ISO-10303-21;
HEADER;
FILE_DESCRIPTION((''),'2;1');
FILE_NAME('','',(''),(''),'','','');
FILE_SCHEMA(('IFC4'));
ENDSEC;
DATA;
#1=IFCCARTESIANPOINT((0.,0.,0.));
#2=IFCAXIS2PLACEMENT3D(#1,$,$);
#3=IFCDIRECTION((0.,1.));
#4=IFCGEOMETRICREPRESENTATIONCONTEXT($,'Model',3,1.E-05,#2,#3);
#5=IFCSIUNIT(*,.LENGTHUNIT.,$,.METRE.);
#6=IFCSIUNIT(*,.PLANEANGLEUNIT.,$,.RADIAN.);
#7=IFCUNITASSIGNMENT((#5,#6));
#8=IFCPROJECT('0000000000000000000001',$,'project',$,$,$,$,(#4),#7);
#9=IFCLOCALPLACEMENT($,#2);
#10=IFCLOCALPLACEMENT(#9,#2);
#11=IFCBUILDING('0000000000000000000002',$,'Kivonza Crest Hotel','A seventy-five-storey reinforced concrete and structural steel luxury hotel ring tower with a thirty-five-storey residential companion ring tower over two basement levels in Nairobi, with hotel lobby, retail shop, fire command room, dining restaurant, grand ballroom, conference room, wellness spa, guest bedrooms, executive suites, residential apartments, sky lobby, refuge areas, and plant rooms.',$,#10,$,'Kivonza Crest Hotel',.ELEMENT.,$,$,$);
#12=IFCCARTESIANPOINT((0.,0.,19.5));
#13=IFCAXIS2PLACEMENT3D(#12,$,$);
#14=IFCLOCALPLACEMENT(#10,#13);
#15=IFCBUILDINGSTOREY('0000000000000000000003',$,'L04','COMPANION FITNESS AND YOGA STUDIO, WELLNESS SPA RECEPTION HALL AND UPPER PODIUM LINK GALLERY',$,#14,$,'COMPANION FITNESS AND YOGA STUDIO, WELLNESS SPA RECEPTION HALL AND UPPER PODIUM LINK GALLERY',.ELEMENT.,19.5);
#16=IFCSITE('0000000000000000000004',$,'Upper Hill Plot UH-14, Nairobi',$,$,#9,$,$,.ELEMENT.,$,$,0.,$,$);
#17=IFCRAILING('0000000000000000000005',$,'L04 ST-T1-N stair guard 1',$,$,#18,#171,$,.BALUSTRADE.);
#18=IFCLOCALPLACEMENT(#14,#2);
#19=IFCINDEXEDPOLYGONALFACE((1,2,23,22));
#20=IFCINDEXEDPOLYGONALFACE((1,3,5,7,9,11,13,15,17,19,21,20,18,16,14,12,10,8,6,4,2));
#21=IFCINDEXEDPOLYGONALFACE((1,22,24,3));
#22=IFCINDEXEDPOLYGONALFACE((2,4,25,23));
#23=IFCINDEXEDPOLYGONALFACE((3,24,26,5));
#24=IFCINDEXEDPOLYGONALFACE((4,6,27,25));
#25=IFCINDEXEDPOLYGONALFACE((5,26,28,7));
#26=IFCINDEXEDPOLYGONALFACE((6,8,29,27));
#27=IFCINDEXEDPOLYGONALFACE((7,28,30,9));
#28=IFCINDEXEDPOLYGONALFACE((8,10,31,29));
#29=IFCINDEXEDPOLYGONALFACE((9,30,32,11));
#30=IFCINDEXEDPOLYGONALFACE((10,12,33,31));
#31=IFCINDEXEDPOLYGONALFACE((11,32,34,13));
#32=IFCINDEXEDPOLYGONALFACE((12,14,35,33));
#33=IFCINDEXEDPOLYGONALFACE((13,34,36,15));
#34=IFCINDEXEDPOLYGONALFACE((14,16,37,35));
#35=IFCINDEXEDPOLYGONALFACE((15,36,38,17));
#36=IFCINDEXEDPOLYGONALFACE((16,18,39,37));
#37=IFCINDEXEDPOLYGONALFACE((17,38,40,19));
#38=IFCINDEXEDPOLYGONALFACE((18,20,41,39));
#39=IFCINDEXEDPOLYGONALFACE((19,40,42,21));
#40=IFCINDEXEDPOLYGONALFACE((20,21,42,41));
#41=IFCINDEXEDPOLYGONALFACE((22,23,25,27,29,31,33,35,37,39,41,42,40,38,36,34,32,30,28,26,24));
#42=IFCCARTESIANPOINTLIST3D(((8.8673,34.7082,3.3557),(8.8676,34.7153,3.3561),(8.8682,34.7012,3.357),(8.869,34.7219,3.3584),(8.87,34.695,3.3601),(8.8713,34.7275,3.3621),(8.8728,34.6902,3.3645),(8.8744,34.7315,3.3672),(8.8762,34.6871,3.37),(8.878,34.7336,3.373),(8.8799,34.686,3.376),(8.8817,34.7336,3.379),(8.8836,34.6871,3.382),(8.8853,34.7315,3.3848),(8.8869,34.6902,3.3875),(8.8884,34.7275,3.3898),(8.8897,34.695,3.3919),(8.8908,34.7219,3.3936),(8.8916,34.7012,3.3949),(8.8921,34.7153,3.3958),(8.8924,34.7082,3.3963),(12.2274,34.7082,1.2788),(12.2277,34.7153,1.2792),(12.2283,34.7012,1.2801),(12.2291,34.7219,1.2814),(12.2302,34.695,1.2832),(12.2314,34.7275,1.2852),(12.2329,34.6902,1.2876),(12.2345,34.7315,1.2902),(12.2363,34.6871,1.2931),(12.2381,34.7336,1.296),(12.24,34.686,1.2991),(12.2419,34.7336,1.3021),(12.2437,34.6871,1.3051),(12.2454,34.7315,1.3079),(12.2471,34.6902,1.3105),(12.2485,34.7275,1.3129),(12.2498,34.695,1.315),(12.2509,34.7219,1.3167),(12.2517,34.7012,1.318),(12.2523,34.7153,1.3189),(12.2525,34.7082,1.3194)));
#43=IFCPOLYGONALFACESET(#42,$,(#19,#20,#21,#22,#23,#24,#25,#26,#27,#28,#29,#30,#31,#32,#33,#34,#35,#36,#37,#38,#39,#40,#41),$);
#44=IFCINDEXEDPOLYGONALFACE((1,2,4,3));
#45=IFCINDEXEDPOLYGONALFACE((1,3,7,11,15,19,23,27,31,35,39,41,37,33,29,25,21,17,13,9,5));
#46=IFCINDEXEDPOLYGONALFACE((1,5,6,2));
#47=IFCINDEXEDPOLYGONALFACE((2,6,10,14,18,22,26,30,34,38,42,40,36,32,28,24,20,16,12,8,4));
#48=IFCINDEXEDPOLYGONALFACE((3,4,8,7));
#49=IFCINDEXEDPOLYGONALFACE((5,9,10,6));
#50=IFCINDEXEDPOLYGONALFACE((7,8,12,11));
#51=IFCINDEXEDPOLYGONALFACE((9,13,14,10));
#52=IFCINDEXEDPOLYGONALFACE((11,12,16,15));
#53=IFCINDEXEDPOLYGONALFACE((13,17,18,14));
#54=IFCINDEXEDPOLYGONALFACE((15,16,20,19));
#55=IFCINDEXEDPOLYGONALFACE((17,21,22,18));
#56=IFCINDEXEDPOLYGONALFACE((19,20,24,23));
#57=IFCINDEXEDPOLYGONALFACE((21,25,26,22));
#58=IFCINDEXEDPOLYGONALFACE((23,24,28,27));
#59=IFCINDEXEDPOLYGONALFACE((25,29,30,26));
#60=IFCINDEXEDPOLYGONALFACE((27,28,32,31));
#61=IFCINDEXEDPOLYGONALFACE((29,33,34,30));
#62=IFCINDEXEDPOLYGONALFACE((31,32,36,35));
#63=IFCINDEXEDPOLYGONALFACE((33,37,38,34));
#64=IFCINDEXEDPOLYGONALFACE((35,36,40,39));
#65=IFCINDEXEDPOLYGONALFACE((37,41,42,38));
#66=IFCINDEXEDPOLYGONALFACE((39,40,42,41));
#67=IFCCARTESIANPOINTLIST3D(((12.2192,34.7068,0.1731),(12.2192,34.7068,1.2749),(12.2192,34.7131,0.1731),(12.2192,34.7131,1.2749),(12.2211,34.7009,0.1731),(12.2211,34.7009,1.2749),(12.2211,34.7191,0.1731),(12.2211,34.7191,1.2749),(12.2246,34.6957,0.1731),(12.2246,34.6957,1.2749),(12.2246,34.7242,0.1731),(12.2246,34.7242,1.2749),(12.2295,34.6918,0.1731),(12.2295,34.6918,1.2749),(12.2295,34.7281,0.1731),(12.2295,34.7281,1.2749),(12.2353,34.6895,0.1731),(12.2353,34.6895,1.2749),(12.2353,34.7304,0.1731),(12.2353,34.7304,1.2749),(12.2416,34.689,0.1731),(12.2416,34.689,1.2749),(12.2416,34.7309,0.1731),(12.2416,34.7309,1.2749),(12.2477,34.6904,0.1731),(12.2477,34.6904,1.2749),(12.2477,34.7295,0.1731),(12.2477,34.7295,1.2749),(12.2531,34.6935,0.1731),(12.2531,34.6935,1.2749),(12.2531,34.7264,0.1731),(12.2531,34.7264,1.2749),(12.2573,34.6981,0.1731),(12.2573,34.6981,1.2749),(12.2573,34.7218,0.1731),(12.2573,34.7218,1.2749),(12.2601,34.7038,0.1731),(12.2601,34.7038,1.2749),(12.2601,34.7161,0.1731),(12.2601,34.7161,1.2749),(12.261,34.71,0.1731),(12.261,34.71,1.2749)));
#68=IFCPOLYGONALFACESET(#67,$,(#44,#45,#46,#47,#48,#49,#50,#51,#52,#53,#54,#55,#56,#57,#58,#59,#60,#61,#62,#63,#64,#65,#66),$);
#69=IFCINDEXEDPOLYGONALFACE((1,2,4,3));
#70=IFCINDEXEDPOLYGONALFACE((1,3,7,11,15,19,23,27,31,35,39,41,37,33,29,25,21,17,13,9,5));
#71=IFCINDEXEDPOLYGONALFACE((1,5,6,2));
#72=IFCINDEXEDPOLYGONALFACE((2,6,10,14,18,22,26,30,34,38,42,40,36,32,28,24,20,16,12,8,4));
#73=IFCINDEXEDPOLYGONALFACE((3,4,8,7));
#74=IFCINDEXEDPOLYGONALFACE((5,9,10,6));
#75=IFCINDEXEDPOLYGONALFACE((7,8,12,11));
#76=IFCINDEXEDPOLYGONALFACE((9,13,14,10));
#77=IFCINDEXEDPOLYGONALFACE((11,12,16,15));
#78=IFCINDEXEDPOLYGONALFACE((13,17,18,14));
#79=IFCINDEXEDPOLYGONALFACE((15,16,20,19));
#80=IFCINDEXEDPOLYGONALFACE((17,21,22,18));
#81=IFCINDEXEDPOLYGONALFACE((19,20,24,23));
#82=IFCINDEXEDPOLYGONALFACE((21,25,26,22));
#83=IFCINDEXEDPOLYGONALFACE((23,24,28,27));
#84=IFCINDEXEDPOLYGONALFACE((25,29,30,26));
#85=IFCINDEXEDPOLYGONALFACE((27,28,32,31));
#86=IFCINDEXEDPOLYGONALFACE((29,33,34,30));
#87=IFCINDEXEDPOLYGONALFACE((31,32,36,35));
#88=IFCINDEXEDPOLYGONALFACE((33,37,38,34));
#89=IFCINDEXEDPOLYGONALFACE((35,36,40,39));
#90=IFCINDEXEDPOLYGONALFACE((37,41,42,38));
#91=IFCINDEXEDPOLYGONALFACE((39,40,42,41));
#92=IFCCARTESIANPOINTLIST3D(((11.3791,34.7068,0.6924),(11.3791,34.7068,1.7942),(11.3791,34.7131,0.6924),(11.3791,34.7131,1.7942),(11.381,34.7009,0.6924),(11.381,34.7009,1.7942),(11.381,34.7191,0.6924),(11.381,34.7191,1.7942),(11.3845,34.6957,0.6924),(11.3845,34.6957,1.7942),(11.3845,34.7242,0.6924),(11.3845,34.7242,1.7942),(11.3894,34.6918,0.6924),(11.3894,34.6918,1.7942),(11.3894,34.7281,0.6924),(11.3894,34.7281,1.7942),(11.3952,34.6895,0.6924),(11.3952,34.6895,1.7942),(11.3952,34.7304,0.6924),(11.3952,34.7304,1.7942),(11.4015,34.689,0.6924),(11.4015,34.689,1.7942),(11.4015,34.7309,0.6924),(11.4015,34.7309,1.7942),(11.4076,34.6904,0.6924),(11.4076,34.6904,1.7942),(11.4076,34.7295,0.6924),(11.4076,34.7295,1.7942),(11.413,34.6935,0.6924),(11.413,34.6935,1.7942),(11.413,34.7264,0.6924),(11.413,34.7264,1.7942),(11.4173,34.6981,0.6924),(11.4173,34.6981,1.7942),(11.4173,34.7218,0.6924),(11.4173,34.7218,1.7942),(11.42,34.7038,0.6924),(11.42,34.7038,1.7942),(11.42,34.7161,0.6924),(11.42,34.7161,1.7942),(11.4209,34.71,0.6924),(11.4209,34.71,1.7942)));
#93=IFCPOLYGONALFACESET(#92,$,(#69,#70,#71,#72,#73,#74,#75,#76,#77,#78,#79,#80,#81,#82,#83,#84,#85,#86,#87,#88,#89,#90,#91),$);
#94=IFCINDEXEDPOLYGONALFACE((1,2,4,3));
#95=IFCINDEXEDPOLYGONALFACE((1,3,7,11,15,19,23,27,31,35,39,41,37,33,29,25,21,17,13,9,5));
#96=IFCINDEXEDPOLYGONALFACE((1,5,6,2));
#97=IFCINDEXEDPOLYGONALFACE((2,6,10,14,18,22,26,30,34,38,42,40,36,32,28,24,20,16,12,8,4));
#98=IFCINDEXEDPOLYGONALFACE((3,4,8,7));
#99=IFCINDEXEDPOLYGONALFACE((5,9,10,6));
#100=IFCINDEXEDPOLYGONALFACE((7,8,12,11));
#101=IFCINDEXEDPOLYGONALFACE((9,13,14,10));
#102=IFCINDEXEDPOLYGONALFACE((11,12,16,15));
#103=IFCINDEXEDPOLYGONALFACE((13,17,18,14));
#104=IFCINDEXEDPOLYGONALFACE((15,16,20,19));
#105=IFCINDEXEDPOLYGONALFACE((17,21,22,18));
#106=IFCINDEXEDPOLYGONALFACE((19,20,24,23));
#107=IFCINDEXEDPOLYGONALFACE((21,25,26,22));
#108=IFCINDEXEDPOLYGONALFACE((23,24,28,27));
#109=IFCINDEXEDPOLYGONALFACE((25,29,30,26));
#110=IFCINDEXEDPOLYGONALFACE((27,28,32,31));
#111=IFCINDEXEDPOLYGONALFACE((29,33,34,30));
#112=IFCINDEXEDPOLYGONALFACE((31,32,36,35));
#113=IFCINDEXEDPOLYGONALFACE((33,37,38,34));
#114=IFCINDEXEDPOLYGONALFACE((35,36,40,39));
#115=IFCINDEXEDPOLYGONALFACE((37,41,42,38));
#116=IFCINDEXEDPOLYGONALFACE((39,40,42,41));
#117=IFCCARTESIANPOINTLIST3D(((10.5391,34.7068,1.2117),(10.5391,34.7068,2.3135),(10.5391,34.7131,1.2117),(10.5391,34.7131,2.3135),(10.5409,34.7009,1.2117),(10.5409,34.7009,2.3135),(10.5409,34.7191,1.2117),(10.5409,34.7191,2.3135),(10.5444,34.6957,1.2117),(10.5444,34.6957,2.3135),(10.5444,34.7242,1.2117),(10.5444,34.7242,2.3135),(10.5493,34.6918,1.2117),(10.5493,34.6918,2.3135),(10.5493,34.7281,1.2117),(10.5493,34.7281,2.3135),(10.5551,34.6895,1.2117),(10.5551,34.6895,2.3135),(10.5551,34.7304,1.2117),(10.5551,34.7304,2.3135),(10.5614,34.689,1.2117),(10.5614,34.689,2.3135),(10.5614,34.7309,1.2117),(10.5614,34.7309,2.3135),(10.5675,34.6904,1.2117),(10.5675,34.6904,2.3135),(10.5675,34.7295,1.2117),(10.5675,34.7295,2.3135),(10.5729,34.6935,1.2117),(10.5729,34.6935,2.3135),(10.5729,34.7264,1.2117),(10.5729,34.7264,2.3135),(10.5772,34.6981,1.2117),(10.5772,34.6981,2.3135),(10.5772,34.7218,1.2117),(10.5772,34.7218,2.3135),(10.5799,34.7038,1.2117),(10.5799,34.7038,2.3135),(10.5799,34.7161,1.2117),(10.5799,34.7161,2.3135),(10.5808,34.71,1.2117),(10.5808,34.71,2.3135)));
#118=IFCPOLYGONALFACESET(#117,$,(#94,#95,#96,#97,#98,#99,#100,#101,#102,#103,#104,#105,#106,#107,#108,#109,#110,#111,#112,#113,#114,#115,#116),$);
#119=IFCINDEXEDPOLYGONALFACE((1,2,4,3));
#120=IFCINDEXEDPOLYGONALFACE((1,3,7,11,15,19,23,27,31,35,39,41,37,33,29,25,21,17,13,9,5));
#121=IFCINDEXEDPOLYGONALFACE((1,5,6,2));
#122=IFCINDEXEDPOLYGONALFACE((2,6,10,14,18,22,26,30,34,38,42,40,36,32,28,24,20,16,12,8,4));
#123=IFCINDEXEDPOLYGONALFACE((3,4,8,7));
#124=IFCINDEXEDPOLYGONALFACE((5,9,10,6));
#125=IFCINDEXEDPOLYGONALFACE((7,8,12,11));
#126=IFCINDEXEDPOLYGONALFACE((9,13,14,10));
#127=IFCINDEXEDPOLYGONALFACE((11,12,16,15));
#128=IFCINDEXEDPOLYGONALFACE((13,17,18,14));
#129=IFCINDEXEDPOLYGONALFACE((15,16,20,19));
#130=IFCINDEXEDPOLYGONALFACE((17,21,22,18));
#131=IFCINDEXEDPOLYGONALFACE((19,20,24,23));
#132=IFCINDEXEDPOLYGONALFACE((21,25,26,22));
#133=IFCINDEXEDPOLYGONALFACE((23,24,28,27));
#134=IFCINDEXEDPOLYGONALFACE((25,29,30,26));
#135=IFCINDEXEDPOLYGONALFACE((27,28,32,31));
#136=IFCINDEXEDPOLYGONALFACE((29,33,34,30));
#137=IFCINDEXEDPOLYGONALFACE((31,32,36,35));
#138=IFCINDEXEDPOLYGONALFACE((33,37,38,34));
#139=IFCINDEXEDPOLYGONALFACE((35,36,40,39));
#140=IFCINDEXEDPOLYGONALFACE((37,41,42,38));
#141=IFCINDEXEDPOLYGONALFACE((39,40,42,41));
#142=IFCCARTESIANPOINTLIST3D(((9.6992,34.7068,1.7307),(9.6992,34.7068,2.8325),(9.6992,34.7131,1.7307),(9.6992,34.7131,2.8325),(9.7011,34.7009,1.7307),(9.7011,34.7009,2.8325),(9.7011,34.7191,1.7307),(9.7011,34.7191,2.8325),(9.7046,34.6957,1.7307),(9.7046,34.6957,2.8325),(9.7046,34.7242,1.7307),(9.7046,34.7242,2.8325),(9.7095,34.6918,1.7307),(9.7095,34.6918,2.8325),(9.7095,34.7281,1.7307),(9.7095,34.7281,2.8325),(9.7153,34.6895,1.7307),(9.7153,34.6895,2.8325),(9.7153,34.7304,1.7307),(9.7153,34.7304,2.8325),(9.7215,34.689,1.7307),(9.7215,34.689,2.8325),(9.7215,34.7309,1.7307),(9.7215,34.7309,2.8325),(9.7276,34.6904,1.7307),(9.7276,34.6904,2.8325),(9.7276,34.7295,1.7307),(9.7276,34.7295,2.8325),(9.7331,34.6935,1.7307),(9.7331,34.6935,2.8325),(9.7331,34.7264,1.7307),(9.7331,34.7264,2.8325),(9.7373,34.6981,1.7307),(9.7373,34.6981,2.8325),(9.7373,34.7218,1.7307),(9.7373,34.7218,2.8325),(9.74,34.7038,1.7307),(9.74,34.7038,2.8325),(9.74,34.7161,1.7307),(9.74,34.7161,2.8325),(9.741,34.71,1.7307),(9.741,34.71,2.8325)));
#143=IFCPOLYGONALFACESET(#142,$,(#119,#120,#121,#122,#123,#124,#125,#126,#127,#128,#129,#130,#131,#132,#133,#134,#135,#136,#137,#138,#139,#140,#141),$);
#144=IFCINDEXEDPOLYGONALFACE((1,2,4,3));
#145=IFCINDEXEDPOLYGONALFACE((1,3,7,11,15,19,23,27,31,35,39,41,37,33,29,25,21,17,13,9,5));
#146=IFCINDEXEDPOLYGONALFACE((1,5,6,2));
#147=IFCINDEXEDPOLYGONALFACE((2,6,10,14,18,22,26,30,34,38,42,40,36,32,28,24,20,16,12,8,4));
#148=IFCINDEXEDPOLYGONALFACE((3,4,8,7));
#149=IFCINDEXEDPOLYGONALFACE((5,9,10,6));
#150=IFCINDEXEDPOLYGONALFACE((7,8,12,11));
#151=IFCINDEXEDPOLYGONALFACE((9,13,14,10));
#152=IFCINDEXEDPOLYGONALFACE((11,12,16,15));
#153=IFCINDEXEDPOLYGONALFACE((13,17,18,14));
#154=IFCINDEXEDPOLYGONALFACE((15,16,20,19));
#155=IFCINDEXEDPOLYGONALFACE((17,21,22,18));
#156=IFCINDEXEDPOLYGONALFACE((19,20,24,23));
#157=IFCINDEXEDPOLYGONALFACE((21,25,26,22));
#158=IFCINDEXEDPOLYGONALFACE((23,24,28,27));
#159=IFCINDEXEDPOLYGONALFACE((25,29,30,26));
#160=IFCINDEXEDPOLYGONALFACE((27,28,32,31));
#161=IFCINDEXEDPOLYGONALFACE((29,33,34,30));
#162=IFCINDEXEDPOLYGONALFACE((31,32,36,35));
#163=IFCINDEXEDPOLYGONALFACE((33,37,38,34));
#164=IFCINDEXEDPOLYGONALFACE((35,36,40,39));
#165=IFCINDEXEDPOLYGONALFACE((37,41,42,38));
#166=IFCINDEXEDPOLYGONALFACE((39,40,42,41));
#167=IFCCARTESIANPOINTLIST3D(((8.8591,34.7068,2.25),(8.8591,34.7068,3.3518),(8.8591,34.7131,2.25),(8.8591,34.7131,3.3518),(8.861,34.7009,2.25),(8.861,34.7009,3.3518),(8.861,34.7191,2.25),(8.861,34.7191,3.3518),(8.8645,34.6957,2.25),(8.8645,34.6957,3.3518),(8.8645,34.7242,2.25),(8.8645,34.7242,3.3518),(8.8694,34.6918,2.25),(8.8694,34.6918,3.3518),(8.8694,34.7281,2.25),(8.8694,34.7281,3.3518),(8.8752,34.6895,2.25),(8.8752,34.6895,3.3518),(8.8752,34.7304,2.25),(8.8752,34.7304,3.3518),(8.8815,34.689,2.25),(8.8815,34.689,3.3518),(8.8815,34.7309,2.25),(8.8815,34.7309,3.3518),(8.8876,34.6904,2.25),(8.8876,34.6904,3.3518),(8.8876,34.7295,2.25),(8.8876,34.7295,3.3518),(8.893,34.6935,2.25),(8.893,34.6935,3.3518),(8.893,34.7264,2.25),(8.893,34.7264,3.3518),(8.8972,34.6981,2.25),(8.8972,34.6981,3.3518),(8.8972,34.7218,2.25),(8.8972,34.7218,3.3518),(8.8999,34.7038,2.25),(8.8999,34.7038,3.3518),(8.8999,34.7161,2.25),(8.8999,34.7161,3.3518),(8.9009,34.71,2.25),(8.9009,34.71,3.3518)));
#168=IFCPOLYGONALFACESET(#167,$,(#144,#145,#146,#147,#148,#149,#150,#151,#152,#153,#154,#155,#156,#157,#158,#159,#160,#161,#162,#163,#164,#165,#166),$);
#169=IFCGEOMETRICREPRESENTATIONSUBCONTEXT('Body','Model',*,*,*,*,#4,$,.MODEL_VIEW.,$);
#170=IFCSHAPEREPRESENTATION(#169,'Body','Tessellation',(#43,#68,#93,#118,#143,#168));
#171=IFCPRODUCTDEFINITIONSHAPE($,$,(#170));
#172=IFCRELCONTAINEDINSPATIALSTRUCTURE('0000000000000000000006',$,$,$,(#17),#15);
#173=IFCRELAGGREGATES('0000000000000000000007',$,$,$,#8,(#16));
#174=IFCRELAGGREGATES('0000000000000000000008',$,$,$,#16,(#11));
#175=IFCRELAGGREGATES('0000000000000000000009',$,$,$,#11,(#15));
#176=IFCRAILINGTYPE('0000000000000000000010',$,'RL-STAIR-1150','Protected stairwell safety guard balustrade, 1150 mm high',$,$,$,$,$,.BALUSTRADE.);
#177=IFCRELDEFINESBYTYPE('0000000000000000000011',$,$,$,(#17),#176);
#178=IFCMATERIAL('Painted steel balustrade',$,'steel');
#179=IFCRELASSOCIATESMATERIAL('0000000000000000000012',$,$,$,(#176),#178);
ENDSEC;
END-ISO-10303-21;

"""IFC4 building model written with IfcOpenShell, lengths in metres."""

from ifc_helpers import new_model, si_unit, direction, frame, origin, origin_2d, place, context, subcontext, project, spatial, circle, extrude, material, type_object, element, save


model = new_model("IFC4")

# Units and contexts
model_context = context("Model", 3, precision=1e-05, world=origin(), true_north=direction((0.0, 1.0)))
body_context = subcontext(model_context, "Body", "Model", "MODEL_VIEW")
ifc_project = project(units=[si_unit("LENGTHUNIT", "METRE"), si_unit("PLANEANGLEUNIT", "RADIAN")], contexts=[model_context])

# Site, building, storey
site_placement = place(None, origin())
site = spatial("IfcSite", under=ifc_project, at=site_placement, Name="Upper Hill Plot UH-14, Nairobi", CompositionType="ELEMENT", RefElevation=0.0)
building_placement = place(site_placement, origin())
building = spatial("IfcBuilding", under=site, at=building_placement, Name="Kivonza Crest Hotel", Description="A seventy-five-storey reinforced concrete and structural steel luxury hotel ring tower with a thirty-five-storey residential companion ring tower over two basement levels in Nairobi, with hotel lobby, retail shop, fire command room, dining restaurant, grand ballroom, conference room, wellness spa, guest bedrooms, executive suites, residential apartments, sky lobby, refuge areas, and plant rooms.", LongName="Kivonza Crest Hotel", CompositionType="ELEMENT")
storey_placement = place(building_placement, frame((0.0, 0.0, 19.5)))
storey = spatial("IfcBuildingStorey", under=building, at=storey_placement, Name="L04", Description="COMPANION FITNESS AND YOGA STUDIO, WELLNESS SPA RECEPTION HALL AND UPPER PODIUM LINK GALLERY", LongName="COMPANION FITNESS AND YOGA STUDIO, WELLNESS SPA RECEPTION HALL AND UPPER PODIUM LINK GALLERY", CompositionType="ELEMENT", Elevation=19.5)

# Railing
ifc_material_1 = material(Name="Painted steel balustrade", Category="steel")
railing_type_1 = type_object("IfcRailingType", Name="RL-STAIR-1150", Description="Protected stairwell safety guard balustrade, 1150 mm high", PredefinedType="BALUSTRADE", material=ifc_material_1)
railing_1_placement = place(storey_placement, frame((12.24, 34.71, 0.1731)))
element("IfcRailing", 1, at=railing_1_placement, inside=storey, type_object=railing_type_1, Name="L04 ST-T1-N stair guard 1", PredefinedType="BALUSTRADE", context=body_context, shape_type="SweptSolid", body=[
    extrude(circle(Radius=0.0239, at=origin_2d()), frame((0.0, 0.0, 1.126), z_axis=(-0.850623, 0.0, 0.525776), x_axis=(0.0, -1.0, 0.0)), (0.0, 0.0, 1.0), 3.9502),
    extrude(circle(Radius=0.021, at=origin_2d()), origin(), (0.0, 0.0, 1.0), 1.1018),
    extrude(circle(Radius=0.021, at=origin_2d()), frame((-0.8401, 0.0, 0.5193)), (0.0, 0.0, 1.0), 1.1018),
    extrude(circle(Radius=0.021, at=origin_2d()), frame((-1.6802, 0.0, 1.0386)), (0.0, 0.0, 1.0), 1.1018),
    extrude(circle(Radius=0.021, at=origin_2d()), frame((-2.52, 0.0, 1.5576)), (0.0, 0.0, 1.0), 1.1018),
    extrude(circle(Radius=0.021, at=origin_2d()), frame((-3.3601, 0.0, 2.0769)), (0.0, 0.0, 1.0), 1.1018),
])

save(model, "model.ifc")
